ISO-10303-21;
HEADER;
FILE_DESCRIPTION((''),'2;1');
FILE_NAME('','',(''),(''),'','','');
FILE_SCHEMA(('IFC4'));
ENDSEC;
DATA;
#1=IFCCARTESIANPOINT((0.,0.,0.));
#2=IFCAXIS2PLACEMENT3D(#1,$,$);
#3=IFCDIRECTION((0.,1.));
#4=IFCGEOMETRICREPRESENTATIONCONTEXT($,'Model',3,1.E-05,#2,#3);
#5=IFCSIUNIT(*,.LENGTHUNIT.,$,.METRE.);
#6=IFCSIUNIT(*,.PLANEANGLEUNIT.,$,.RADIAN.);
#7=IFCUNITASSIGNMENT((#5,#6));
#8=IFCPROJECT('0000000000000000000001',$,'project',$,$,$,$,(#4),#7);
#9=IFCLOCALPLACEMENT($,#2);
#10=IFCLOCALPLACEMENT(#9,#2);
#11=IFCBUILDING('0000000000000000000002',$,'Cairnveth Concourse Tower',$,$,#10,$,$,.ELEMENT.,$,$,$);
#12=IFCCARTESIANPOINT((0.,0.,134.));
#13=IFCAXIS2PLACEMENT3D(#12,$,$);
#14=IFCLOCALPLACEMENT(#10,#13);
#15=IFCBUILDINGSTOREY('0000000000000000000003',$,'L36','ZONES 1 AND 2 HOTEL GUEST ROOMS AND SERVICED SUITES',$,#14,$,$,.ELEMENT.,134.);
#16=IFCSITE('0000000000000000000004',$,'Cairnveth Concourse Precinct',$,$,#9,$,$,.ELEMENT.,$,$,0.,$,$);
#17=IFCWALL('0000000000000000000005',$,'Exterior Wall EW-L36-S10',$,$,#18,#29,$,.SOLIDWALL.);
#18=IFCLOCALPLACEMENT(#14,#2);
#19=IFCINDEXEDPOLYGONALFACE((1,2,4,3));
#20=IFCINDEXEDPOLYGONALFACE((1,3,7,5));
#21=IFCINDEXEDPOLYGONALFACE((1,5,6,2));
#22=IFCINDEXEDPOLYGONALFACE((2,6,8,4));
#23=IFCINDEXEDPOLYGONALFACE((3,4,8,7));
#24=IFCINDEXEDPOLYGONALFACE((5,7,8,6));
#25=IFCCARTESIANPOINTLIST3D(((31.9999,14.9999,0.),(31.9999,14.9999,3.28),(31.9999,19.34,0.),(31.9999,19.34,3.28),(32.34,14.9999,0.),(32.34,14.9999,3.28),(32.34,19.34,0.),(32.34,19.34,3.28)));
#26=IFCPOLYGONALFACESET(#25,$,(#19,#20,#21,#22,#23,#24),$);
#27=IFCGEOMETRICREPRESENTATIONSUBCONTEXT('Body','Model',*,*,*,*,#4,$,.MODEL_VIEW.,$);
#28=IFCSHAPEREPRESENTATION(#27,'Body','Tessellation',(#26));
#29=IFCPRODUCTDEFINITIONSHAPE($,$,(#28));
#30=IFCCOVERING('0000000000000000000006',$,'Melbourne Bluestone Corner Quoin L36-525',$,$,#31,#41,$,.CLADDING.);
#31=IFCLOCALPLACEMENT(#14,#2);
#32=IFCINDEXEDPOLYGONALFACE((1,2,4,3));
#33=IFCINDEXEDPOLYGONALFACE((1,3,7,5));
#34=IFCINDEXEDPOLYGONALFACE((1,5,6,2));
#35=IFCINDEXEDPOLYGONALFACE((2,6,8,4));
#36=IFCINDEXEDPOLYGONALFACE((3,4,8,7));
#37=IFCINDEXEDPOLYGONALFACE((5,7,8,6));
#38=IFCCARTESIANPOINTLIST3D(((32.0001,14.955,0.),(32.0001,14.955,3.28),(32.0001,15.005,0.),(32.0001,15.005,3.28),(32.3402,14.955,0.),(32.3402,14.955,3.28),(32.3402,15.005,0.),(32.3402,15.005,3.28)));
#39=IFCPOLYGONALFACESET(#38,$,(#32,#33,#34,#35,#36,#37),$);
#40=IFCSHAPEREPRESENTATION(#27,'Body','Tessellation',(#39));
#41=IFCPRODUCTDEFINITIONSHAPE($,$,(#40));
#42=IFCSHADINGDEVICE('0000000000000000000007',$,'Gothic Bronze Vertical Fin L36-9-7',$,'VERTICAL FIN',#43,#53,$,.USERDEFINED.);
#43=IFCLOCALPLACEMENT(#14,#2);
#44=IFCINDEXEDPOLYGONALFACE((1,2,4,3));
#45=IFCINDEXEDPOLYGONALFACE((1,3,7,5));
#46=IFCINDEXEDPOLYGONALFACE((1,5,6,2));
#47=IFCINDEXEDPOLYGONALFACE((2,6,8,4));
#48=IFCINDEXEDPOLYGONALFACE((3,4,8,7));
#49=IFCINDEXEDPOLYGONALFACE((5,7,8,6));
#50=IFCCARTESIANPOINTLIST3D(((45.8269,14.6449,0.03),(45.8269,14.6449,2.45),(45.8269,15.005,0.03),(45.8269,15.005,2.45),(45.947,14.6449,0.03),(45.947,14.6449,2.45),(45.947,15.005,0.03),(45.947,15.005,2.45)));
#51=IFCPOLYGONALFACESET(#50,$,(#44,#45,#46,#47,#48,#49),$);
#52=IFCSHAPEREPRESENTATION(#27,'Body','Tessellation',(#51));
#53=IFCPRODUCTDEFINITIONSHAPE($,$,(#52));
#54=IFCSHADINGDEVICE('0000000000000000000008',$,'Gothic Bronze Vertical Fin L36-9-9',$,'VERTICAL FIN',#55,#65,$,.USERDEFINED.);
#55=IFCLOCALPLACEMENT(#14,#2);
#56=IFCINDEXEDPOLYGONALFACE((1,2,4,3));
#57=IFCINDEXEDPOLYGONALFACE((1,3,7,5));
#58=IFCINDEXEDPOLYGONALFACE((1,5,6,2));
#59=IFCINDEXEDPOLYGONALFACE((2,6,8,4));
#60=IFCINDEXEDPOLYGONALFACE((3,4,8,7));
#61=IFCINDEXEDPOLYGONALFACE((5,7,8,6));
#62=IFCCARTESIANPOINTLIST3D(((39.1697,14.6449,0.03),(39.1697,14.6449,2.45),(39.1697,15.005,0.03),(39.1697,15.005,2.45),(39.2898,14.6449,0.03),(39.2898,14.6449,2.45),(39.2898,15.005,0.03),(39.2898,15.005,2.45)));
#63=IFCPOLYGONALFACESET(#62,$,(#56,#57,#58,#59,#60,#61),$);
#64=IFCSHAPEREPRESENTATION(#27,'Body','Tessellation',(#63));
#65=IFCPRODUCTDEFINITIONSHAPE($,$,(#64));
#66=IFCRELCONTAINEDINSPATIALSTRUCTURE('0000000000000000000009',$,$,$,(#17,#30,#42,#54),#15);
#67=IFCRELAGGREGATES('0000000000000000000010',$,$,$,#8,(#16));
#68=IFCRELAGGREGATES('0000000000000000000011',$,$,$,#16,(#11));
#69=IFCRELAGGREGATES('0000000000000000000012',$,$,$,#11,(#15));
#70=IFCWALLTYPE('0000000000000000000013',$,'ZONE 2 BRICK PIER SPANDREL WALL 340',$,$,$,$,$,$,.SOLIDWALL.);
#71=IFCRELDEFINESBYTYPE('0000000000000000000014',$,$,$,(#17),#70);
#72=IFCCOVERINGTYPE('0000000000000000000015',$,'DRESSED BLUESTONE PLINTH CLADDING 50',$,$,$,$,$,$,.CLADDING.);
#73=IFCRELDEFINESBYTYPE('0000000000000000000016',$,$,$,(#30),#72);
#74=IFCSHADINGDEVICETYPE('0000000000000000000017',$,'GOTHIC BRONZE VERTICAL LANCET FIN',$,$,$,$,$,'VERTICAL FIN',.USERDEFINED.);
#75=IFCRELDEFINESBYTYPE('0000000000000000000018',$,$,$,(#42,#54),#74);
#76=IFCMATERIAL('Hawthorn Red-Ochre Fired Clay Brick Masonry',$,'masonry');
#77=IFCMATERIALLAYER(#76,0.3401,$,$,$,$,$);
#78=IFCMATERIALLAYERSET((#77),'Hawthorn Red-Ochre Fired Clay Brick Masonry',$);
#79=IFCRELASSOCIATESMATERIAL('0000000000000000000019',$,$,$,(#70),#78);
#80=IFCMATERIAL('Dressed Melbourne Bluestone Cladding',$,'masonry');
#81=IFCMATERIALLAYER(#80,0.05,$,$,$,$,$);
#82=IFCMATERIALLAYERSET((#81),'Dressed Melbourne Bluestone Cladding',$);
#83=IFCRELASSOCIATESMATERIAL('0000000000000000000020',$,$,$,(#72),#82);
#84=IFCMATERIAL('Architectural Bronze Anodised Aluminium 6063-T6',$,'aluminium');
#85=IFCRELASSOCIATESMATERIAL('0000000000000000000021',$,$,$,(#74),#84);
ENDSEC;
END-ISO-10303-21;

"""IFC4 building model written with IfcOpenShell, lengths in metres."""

from ifc_helpers import new_model, si_unit, direction, frame, frame_2d, origin, origin_2d, place, context, subcontext, project, spatial, rectangle, extrude, material, layer, layer_set, type_object, element, save


model = new_model("IFC4")

# Units and contexts
model_context = context("Model", 3, precision=1e-05, world=origin(), true_north=direction((0.0, 1.0)))
body_context = subcontext(model_context, "Body", "Model", "MODEL_VIEW")
ifc_project = project(units=[si_unit("LENGTHUNIT", "METRE"), si_unit("PLANEANGLEUNIT", "RADIAN")], contexts=[model_context])

# Site, building, storey
site_placement = place(None, origin())
site = spatial("IfcSite", under=ifc_project, at=site_placement, Name="Cairnveth Concourse Precinct", CompositionType="ELEMENT", RefElevation=0.0)
building_placement = place(site_placement, origin())
building = spatial("IfcBuilding", under=site, at=building_placement, Name="Cairnveth Concourse Tower", CompositionType="ELEMENT")
storey_placement = place(building_placement, frame((0.0, 0.0, 134.0)))
storey = spatial("IfcBuildingStorey", under=building, at=storey_placement, Name="L36", Description="ZONES 1 AND 2 HOTEL GUEST ROOMS AND SERVICED SUITES", CompositionType="ELEMENT", Elevation=134.0)

# Wall
ifc_material_1 = material(Name="Hawthorn Red-Ochre Fired Clay Brick Masonry", Category="masonry")
ifc_layer_1 = layer(ifc_material_1, 0.3401)
ifc_layer_set_1 = layer_set([ifc_layer_1], Name="Hawthorn Red-Ochre Fired Clay Brick Masonry")
wall_type_1 = type_object("IfcWallType", Name="ZONE 2 BRICK PIER SPANDREL WALL 340", PredefinedType="SOLIDWALL", material=ifc_layer_set_1)
wall_1_placement = place(storey_placement, frame((32.1699, 15.0, 0.0), z_axis=(0.0, 0.0, 1.0), x_axis=(0.0, 1.0, 0.0)))
element("IfcWall", 1, at=wall_1_placement, inside=storey, type_object=wall_type_1, Name="Exterior Wall EW-L36-S10", PredefinedType="SOLIDWALL", context=body_context, shape_type="SweptSolid", body=[
    extrude(rectangle(XDim=4.3401, YDim=0.3401, at=frame_2d((2.1699, 0.0))), origin(), (0.0, 0.0, 1.0), 3.28),
])

# Covering
ifc_material_2 = material(Name="Dressed Melbourne Bluestone Cladding", Category="masonry")
ifc_layer_2 = layer(ifc_material_2, 0.05)
ifc_layer_set_2 = layer_set([ifc_layer_2], Name="Dressed Melbourne Bluestone Cladding")
covering_type = type_object("IfcCoveringType", Name="DRESSED BLUESTONE PLINTH CLADDING 50", PredefinedType="CLADDING", material=ifc_layer_set_2)
covering_placement = place(storey_placement, frame((32.3401, 14.98, 0.0), z_axis=(0.0, 0.0, 1.0), x_axis=(-1.0, 0.0, 0.0)))
element("IfcCovering", 2, at=covering_placement, inside=storey, type_object=covering_type, Name="Melbourne Bluestone Corner Quoin L36-525", PredefinedType="CLADDING", context=body_context, shape_type="SweptSolid", body=[
    extrude(rectangle(XDim=0.3401, YDim=0.05, at=frame_2d((0.1699, 0.0))), origin(), (0.0, 0.0, 1.0), 3.28),
])

# Shading devices
ifc_material_3 = material(Name="Architectural Bronze Anodised Aluminium 6063-T6", Category="aluminium")
shading_device_type = type_object("IfcShadingDeviceType", Name="GOTHIC BRONZE VERTICAL LANCET FIN", ElementType="VERTICAL FIN", PredefinedType="USERDEFINED", material=ifc_material_3)
for number, where, z_axis, x_axis, name in (
    (3, (45.887, 14.825, 0.03), (0.0, 0.0, 1.0), (1.0, 0.0, 0.0), "Gothic Bronze Vertical Fin L36-9-7"),
    (4, (39.2297, 14.825, 0.03), (0.0, 0.0, 1.0), (1.0, 0.0, 0.0), "Gothic Bronze Vertical Fin L36-9-9"),
):
    element("IfcShadingDevice", number, at=place(storey_placement, frame(where, z_axis=z_axis, x_axis=x_axis)), inside=storey, type_object=shading_device_type, Name=name, ObjectType="VERTICAL FIN", PredefinedType="USERDEFINED", context=body_context, shape_type="SweptSolid", body=[
        extrude(rectangle(XDim=0.1201, YDim=0.3601, at=origin_2d()), origin(), (0.0, 0.0, 1.0), 2.4199),
    ])

save(model, "model.ifc")
